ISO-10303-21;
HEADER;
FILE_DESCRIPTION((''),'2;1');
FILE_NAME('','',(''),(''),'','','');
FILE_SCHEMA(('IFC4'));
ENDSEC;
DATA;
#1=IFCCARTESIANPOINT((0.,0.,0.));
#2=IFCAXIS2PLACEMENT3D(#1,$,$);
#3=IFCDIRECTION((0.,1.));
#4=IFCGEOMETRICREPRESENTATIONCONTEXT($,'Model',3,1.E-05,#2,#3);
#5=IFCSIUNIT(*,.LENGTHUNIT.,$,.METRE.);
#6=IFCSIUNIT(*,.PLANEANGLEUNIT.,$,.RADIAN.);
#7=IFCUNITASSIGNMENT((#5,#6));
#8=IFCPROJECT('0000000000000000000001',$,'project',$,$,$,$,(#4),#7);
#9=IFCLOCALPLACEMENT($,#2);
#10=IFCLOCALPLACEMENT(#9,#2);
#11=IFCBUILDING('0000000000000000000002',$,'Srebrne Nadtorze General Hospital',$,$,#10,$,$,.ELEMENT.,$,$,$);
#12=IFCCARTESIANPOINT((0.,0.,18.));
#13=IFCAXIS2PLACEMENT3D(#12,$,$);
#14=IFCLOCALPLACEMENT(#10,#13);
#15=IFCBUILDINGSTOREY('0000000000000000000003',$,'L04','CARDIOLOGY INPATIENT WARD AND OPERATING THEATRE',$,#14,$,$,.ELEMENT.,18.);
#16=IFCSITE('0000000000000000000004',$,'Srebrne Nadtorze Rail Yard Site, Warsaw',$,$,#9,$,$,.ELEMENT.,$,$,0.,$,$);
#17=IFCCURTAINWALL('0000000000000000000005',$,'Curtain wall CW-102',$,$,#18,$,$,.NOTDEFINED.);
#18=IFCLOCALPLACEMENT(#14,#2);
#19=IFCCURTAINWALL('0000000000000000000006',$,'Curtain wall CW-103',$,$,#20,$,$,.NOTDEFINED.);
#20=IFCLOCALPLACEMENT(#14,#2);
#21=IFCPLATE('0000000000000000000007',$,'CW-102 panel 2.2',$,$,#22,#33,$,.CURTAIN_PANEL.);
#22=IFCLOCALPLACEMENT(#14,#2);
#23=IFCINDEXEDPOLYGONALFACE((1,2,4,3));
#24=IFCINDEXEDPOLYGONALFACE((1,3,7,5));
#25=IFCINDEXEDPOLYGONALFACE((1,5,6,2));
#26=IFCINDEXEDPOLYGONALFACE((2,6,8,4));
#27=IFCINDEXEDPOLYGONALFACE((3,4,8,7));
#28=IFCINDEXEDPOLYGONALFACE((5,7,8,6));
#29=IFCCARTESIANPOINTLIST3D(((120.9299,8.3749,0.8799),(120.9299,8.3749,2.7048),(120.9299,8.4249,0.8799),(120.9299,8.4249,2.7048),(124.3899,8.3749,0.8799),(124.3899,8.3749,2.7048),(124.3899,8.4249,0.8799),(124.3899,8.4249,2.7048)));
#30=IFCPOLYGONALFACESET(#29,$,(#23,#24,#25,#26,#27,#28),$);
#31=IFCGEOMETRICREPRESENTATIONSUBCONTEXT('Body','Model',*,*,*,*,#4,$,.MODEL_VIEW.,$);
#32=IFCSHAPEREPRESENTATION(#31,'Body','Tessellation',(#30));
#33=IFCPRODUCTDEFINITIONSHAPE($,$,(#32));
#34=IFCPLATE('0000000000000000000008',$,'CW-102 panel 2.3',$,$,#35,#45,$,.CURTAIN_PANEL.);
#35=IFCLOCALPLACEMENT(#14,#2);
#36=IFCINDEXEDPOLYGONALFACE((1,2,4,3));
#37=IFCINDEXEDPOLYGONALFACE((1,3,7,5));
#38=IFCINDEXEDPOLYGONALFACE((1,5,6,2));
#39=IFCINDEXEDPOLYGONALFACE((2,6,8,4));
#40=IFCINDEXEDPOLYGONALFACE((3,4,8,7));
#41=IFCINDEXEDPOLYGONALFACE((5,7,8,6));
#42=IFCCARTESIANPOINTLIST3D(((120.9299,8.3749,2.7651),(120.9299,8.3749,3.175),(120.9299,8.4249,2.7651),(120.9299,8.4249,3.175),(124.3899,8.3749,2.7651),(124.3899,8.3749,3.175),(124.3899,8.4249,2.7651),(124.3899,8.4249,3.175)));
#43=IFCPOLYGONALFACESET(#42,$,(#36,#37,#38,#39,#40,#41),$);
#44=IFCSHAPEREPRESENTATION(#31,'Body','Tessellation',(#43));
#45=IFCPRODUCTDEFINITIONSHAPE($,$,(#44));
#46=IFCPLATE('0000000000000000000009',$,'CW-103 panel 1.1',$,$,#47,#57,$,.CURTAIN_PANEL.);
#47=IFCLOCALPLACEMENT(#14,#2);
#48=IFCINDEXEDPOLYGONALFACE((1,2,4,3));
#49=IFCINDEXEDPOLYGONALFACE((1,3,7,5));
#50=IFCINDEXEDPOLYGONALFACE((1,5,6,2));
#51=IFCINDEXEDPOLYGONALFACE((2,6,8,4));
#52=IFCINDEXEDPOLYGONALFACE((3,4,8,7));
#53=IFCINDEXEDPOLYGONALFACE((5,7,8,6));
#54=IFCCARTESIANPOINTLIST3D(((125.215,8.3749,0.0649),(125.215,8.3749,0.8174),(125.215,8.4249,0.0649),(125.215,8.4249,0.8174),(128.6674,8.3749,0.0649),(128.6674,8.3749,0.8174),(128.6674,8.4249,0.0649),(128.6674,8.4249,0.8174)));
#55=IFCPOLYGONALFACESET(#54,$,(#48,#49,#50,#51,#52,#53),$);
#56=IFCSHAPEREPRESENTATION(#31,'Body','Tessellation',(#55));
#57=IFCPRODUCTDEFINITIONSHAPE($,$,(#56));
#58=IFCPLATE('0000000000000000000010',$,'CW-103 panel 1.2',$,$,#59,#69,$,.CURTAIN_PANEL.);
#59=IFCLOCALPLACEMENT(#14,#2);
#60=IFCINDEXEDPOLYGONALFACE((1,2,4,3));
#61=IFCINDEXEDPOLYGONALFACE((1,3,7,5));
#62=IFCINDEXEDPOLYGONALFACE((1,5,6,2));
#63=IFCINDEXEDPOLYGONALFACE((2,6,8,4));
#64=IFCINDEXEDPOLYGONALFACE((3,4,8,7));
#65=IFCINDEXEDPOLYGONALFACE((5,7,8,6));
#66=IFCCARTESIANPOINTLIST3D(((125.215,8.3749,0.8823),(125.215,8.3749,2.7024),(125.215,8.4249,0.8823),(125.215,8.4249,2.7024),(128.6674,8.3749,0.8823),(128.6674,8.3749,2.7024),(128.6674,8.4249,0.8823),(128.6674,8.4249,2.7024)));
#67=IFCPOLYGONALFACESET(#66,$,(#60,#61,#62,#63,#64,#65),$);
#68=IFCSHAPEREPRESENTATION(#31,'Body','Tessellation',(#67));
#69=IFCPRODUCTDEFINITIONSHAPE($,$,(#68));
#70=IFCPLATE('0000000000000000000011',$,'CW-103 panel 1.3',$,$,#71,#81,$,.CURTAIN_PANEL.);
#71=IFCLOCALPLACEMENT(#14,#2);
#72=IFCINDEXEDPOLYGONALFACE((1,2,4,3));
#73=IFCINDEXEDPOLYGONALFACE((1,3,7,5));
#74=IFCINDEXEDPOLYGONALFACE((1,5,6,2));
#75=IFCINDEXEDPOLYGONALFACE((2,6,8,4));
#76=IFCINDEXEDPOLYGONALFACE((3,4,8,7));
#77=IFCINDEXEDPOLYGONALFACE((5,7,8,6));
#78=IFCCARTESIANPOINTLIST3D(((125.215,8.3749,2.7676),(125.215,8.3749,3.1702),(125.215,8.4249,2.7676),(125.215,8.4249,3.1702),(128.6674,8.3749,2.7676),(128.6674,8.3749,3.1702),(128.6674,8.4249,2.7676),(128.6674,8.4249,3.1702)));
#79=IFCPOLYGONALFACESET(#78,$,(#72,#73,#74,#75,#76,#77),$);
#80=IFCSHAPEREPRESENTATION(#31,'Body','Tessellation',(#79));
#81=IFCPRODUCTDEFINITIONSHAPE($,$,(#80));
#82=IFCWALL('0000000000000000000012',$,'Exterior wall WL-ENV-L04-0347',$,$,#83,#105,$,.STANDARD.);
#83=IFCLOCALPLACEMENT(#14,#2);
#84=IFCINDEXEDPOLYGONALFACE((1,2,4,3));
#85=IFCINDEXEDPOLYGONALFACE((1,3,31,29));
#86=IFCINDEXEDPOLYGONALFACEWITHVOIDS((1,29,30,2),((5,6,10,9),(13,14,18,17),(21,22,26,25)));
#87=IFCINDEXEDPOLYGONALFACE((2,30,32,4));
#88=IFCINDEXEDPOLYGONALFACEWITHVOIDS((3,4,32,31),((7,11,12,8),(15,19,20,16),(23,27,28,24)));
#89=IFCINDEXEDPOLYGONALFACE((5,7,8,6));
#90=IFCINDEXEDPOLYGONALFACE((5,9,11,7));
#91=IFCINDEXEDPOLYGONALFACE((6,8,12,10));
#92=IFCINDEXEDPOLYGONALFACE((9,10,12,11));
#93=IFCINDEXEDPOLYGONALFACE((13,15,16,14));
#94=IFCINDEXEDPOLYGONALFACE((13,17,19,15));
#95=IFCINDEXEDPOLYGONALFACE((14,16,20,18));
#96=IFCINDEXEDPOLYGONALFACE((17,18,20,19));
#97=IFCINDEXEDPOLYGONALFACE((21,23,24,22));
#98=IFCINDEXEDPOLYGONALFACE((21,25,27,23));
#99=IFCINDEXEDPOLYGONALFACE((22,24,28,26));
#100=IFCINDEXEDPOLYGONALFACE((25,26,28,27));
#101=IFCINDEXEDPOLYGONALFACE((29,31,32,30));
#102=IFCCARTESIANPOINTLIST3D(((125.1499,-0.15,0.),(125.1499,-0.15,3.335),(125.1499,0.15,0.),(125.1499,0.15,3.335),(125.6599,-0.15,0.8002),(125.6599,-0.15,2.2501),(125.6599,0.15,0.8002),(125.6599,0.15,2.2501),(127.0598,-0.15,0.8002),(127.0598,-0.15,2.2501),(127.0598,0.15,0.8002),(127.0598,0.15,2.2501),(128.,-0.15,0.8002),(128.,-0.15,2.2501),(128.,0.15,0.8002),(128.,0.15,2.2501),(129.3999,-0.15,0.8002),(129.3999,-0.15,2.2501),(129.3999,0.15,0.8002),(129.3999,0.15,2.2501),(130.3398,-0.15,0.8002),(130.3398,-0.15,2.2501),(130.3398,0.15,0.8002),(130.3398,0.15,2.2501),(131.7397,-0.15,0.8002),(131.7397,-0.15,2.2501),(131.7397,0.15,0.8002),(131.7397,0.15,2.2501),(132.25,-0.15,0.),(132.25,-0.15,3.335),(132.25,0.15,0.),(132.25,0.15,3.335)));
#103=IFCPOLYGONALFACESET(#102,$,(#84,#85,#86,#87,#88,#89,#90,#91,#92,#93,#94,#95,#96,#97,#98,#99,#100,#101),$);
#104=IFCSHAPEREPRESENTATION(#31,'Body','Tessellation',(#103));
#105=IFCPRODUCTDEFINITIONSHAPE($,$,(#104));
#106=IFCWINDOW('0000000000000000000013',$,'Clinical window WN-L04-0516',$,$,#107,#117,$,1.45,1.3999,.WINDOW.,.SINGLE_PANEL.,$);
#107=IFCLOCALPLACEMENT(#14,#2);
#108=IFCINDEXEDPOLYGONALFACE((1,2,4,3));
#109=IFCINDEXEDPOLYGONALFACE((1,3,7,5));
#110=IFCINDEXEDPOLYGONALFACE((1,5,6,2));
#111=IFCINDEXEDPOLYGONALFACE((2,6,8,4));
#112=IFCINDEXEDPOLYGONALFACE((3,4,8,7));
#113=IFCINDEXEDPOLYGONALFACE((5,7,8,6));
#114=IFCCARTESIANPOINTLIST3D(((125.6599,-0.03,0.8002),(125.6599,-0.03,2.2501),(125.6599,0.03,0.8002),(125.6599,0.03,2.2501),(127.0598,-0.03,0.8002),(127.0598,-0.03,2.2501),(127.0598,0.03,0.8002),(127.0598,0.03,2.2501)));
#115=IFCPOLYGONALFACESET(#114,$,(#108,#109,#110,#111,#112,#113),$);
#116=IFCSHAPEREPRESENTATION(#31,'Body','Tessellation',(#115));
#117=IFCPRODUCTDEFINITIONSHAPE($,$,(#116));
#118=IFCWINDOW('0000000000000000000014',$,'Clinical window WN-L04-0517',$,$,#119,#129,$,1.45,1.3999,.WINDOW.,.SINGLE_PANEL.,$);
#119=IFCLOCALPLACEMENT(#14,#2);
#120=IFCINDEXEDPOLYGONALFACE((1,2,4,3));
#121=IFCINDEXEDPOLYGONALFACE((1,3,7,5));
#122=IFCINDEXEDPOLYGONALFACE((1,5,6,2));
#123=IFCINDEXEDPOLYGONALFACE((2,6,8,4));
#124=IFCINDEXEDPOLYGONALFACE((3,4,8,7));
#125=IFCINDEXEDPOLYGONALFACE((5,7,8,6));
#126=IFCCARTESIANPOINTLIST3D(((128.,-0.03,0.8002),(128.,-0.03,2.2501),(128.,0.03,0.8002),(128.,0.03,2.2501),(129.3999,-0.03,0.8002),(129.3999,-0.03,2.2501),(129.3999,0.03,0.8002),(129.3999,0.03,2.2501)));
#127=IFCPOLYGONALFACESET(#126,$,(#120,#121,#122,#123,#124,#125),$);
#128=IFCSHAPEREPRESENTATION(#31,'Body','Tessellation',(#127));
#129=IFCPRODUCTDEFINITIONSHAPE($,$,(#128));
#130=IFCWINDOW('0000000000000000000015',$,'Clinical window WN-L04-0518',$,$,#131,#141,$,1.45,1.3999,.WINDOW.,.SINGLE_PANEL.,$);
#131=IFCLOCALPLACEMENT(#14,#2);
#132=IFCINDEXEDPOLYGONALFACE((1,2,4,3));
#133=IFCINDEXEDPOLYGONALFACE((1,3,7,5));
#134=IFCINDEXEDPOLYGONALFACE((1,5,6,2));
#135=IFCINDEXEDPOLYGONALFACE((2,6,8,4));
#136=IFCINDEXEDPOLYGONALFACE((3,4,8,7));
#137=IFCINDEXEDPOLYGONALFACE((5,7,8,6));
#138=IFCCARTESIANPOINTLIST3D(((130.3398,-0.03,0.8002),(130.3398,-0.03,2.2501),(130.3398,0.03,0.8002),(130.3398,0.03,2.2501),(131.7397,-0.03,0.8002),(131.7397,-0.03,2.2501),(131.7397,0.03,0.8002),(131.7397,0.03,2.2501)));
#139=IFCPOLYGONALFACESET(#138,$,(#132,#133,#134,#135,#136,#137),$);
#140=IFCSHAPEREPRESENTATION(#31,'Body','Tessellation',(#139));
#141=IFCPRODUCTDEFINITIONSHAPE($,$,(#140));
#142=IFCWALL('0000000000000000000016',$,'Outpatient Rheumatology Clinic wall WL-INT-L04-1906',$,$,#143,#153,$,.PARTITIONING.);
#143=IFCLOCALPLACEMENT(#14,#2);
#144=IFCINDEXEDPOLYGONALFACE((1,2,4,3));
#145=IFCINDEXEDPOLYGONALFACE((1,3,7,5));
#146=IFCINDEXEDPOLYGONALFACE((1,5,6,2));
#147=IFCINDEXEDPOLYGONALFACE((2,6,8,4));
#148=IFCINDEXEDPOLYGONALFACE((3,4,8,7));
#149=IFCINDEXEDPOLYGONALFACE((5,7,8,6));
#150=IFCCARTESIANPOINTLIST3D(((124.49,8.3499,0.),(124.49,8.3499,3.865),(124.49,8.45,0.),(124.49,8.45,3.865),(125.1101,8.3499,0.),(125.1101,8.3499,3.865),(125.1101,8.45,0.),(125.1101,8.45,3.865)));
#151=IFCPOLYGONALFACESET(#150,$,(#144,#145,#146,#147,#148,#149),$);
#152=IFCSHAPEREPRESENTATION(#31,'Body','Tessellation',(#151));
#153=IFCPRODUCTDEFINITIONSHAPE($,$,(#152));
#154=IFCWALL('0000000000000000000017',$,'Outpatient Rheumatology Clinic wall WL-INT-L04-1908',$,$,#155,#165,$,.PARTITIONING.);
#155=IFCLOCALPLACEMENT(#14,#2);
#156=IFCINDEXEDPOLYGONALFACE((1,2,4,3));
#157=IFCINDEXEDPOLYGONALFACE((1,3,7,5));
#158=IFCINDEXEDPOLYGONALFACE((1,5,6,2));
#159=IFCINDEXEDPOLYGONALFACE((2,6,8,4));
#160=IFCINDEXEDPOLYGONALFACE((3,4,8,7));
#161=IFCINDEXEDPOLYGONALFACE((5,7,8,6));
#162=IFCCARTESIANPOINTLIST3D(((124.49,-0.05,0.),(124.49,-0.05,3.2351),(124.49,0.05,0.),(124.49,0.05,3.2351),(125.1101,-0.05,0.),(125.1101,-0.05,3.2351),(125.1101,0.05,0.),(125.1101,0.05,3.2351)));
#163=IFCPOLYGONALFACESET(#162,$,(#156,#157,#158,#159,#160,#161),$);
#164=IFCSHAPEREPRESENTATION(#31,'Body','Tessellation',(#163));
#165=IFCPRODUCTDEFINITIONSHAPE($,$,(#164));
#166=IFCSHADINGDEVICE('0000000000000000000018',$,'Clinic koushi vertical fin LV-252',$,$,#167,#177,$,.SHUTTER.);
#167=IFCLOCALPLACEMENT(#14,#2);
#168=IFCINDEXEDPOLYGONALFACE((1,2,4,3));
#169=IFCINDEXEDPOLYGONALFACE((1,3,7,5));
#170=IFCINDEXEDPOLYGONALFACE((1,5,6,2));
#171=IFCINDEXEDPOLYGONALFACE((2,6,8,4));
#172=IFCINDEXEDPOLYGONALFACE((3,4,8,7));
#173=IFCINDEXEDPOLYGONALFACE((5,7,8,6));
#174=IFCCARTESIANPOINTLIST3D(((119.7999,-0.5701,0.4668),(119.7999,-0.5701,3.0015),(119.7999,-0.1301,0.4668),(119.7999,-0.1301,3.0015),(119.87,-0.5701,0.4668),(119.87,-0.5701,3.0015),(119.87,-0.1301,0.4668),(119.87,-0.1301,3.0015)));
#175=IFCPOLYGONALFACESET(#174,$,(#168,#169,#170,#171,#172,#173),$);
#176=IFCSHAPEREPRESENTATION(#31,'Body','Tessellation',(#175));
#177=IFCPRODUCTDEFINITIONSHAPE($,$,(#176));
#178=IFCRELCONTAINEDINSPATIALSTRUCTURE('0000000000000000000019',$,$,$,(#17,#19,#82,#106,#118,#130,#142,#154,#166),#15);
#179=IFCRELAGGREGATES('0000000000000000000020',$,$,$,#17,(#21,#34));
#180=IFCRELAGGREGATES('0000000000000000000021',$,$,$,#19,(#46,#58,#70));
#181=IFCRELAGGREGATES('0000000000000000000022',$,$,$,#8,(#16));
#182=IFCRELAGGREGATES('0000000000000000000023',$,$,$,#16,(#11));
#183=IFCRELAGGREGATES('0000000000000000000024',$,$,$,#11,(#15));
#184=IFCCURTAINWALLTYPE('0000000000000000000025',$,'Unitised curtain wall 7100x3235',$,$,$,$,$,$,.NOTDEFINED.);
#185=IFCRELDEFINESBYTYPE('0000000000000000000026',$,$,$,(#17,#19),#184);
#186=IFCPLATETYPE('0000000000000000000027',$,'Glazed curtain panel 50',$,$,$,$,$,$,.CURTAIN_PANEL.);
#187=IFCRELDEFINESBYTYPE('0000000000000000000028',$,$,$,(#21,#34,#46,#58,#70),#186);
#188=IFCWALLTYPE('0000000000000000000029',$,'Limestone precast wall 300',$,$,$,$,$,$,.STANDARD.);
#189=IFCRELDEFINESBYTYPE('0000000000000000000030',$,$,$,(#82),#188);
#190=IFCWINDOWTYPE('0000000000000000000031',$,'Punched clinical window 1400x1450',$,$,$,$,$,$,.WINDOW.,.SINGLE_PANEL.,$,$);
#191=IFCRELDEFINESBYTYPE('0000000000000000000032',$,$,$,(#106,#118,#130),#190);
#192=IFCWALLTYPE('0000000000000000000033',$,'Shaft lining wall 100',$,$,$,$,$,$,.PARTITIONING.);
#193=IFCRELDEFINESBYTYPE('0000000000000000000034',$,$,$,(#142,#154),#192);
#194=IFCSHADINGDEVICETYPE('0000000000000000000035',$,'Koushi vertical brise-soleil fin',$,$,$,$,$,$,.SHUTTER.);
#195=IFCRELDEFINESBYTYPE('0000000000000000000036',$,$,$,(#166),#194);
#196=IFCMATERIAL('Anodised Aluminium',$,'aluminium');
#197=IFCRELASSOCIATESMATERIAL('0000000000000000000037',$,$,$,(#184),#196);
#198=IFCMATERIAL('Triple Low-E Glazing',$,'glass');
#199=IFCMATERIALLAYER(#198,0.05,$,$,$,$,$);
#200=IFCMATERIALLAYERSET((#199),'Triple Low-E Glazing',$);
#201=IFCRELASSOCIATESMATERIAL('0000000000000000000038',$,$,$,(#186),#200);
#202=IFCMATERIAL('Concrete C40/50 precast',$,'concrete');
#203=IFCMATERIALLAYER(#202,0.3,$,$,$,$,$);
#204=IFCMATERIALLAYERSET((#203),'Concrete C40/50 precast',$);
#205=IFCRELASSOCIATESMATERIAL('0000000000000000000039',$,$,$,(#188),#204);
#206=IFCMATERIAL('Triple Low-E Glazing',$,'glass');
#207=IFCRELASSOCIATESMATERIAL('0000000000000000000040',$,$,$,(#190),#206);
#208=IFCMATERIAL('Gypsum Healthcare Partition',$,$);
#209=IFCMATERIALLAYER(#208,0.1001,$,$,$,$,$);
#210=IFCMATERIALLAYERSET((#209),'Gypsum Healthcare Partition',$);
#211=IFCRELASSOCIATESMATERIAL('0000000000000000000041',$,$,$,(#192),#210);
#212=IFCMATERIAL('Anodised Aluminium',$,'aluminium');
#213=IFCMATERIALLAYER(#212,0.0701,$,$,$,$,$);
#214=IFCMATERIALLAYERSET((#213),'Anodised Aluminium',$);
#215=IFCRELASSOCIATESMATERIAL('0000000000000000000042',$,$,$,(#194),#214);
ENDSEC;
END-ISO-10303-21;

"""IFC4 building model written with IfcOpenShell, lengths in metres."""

from ifc_helpers import new_model, si_unit, direction, frame, frame_2d, origin, origin_2d, place, context, subcontext, project, spatial, rectangle, extrude, material, layer, layer_set, type_object, element, fill, aggregate, save


model = new_model("IFC4")

# Units and contexts
model_context = context("Model", 3, precision=1e-05, world=origin(), true_north=direction((0.0, 1.0)))
body_context = subcontext(model_context, "Body", "Model", "MODEL_VIEW")
ifc_project = project(units=[si_unit("LENGTHUNIT", "METRE"), si_unit("PLANEANGLEUNIT", "RADIAN")], contexts=[model_context])

# Site, building, storey
site_placement = place(None, origin())
site = spatial("IfcSite", under=ifc_project, at=site_placement, Name="Srebrne Nadtorze Rail Yard Site, Warsaw", CompositionType="ELEMENT", RefElevation=0.0)
building_placement = place(site_placement, origin())
building = spatial("IfcBuilding", under=site, at=building_placement, Name="Srebrne Nadtorze General Hospital", CompositionType="ELEMENT")
storey_placement = place(building_placement, frame((0.0, 0.0, 18.0)))
storey = spatial("IfcBuildingStorey", under=building, at=storey_placement, Name="L04", Description="CARDIOLOGY INPATIENT WARD AND OPERATING THEATRE", CompositionType="ELEMENT", Elevation=18.0)

# Curtain wall
ifc_material_1 = material(Name="Anodised Aluminium", Category="aluminium")
curtain_wall_type = type_object("IfcCurtainWallType", Name="Unitised curtain wall 7100x3235", PredefinedType="NOTDEFINED", material=ifc_material_1)
curtain_wall_1_placement = place(storey_placement, origin())
curtain_wall_1 = element("IfcCurtainWall", 1, at=curtain_wall_1_placement, inside=storey, type_object=curtain_wall_type, Name="Curtain wall CW-102", PredefinedType="NOTDEFINED")

# Curtain wall
curtain_wall_2_placement = place(storey_placement, origin())
curtain_wall_2 = element("IfcCurtainWall", 2, at=curtain_wall_2_placement, inside=storey, type_object=curtain_wall_type, Name="Curtain wall CW-103", PredefinedType="NOTDEFINED")

# Plates
ifc_material_2 = material(Name="Triple Low-E Glazing", Category="glass")
ifc_layer_1 = layer(ifc_material_2, 0.05)
ifc_layer_set_1 = layer_set([ifc_layer_1], Name="Triple Low-E Glazing")
plate_type = type_object("IfcPlateType", Name="Glazed curtain panel 50", PredefinedType="CURTAIN_PANEL", material=ifc_layer_set_1)
plate_1_placement = place(storey_placement, frame((122.6599, 8.3999, 0.8799), z_axis=(0.0, 0.0, 1.0), x_axis=(1.0, 0.0, 0.0)))
plate_1 = element("IfcPlate", 3, at=plate_1_placement, type_object=plate_type, Name="CW-102 panel 2.2", PredefinedType="CURTAIN_PANEL", context=body_context, shape_type="SweptSolid", body=[
    extrude(rectangle(XDim=3.46, YDim=0.05, at=origin_2d()), origin(), (0.0, 0.0, 1.0), 1.825),
])
plate_2_placement = place(storey_placement, frame((122.6599, 8.3999, 2.7651), z_axis=(0.0, 0.0, 1.0), x_axis=(1.0, 0.0, 0.0)))
plate_2 = element("IfcPlate", 4, at=plate_2_placement, type_object=plate_type, Name="CW-102 panel 2.3", PredefinedType="CURTAIN_PANEL", context=body_context, shape_type="SweptSolid", body=[
    extrude(rectangle(XDim=3.46, YDim=0.05, at=origin_2d()), origin(), (0.0, 0.0, 1.0), 0.4099),
])
aggregate(curtain_wall_1, [plate_1, plate_2])
plate_3_placement = place(storey_placement, frame((126.9412, 8.3999, 0.0649), z_axis=(0.0, 0.0, 1.0), x_axis=(1.0, 0.0, 0.0)))
plate_3 = element("IfcPlate", 5, at=plate_3_placement, type_object=plate_type, Name="CW-103 panel 1.1", PredefinedType="CURTAIN_PANEL", context=body_context, shape_type="SweptSolid", body=[
    extrude(rectangle(XDim=3.4524, YDim=0.05, at=origin_2d()), origin(), (0.0, 0.0, 1.0), 0.7524),
])
plate_4_placement = place(storey_placement, frame((126.9412, 8.3999, 0.8823), z_axis=(0.0, 0.0, 1.0), x_axis=(1.0, 0.0, 0.0)))
plate_4 = element("IfcPlate", 6, at=plate_4_placement, type_object=plate_type, Name="CW-103 panel 1.2", PredefinedType="CURTAIN_PANEL", context=body_context, shape_type="SweptSolid", body=[
    extrude(rectangle(XDim=3.4524, YDim=0.05, at=origin_2d()), origin(), (0.0, 0.0, 1.0), 1.8201),
])
plate_5_placement = place(storey_placement, frame((126.9412, 8.3999, 2.7676), z_axis=(0.0, 0.0, 1.0), x_axis=(1.0, 0.0, 0.0)))
plate_5 = element("IfcPlate", 7, at=plate_5_placement, type_object=plate_type, Name="CW-103 panel 1.3", PredefinedType="CURTAIN_PANEL", context=body_context, shape_type="SweptSolid", body=[
    extrude(rectangle(XDim=3.4524, YDim=0.05, at=origin_2d()), origin(), (0.0, 0.0, 1.0), 0.4026),
])
aggregate(curtain_wall_2, [plate_3, plate_4, plate_5])

# Wall, openings, windows
ifc_material_3 = material(Name="Concrete C40/50 precast", Category="concrete")
ifc_layer_2 = layer(ifc_material_3, 0.3)
ifc_layer_set_2 = layer_set([ifc_layer_2], Name="Concrete C40/50 precast")
wall_type_1 = type_object("IfcWallType", Name="Limestone precast wall 300", PredefinedType="STANDARD", material=ifc_layer_set_2)
wall_1_placement = place(storey_placement, frame((125.1499, 0.0, 0.0), z_axis=(0.0, 0.0, 1.0), x_axis=(1.0, 0.0, 0.0)))
wall_1 = element("IfcWall", 8, at=wall_1_placement, inside=storey, type_object=wall_type_1, Name="Exterior wall WL-ENV-L04-0347", PredefinedType="STANDARD", context=body_context, shape_type="SweptSolid", body=[
    extrude(rectangle(XDim=7.1001, YDim=0.3, at=frame_2d((3.55, 0.0))), origin(), (0.0, 0.0, 1.0), 3.335),
])
opening_1_placement = place(wall_1_placement, frame((0.51, 0.0, 0.8)))
opening_1 = element("IfcOpeningElement", 9, at=opening_1_placement, cuts=wall_1, PredefinedType="OPENING", context=body_context, shape_type="SweptSolid", body=[
    extrude(rectangle(XDim=1.3999, YDim=1.45, at=frame_2d((0.7, 0.7251))), frame((0.0, 0.1621, 0.0), z_axis=(0.0, -1.0, 0.0), x_axis=(1.0, 0.0, 0.0)), (0.0, 0.0, 1.0), 0.324),
])
opening_2_placement = place(wall_1_placement, frame((2.8501, 0.0, 0.8)))
opening_2 = element("IfcOpeningElement", 10, at=opening_2_placement, cuts=wall_1, PredefinedType="OPENING", context=body_context, shape_type="SweptSolid", body=[
    extrude(rectangle(XDim=1.3999, YDim=1.45, at=frame_2d((0.7, 0.7251))), frame((0.0, 0.1621, 0.0), z_axis=(0.0, -1.0, 0.0), x_axis=(1.0, 0.0, 0.0)), (0.0, 0.0, 1.0), 0.324),
])
opening_3_placement = place(wall_1_placement, frame((5.1899, 0.0, 0.8)))
opening_3 = element("IfcOpeningElement", 11, at=opening_3_placement, cuts=wall_1, PredefinedType="OPENING", context=body_context, shape_type="SweptSolid", body=[
    extrude(rectangle(XDim=1.3999, YDim=1.45, at=frame_2d((0.7, 0.7251))), frame((0.0, 0.1621, 0.0), z_axis=(0.0, -1.0, 0.0), x_axis=(1.0, 0.0, 0.0)), (0.0, 0.0, 1.0), 0.324),
])
ifc_material_4 = material(Name="Triple Low-E Glazing", Category="glass")
window_type = type_object("IfcWindowType", Name="Punched clinical window 1400x1450", PartitioningType="SINGLE_PANEL", PredefinedType="WINDOW", material=ifc_material_4)
window_1_placement = place(opening_1_placement, origin())
window_1 = element("IfcWindow", 12, at=window_1_placement, inside=storey, type_object=window_type, Name="Clinical window WN-L04-0516", OverallHeight=1.45, OverallWidth=1.3999, PartitioningType="SINGLE_PANEL", PredefinedType="WINDOW", context=body_context, shape_type="SweptSolid", body=[
    extrude(rectangle(XDim=1.3999, YDim=1.45, at=frame_2d((0.7, 0.7251))), frame((0.0, 0.03, 0.0), z_axis=(0.0, -1.0, 0.0), x_axis=(1.0, 0.0, 0.0)), (0.0, 0.0, 1.0), 0.0601),
])
fill(opening_1, window_1)
window_2_placement = place(opening_2_placement, origin())
window_2 = element("IfcWindow", 13, at=window_2_placement, inside=storey, type_object=window_type, Name="Clinical window WN-L04-0517", OverallHeight=1.45, OverallWidth=1.3999, PartitioningType="SINGLE_PANEL", PredefinedType="WINDOW", context=body_context, shape_type="SweptSolid", body=[
    extrude(rectangle(XDim=1.3999, YDim=1.45, at=frame_2d((0.7, 0.7251))), frame((0.0, 0.03, 0.0), z_axis=(0.0, -1.0, 0.0), x_axis=(1.0, 0.0, 0.0)), (0.0, 0.0, 1.0), 0.0601),
])
fill(opening_2, window_2)
window_3_placement = place(opening_3_placement, origin())
window_3 = element("IfcWindow", 14, at=window_3_placement, inside=storey, type_object=window_type, Name="Clinical window WN-L04-0518", OverallHeight=1.45, OverallWidth=1.3999, PartitioningType="SINGLE_PANEL", PredefinedType="WINDOW", context=body_context, shape_type="SweptSolid", body=[
    extrude(rectangle(XDim=1.3999, YDim=1.45, at=frame_2d((0.7, 0.7251))), frame((0.0, 0.03, 0.0), z_axis=(0.0, -1.0, 0.0), x_axis=(1.0, 0.0, 0.0)), (0.0, 0.0, 1.0), 0.0601),
])
fill(opening_3, window_3)

# Walls
ifc_material_5 = material(Name="Gypsum Healthcare Partition")
ifc_layer_3 = layer(ifc_material_5, 0.1001)
ifc_layer_set_3 = layer_set([ifc_layer_3], Name="Gypsum Healthcare Partition")
wall_type_2 = type_object("IfcWallType", Name="Shaft lining wall 100", PredefinedType="PARTITIONING", material=ifc_layer_set_3)
wall_2_placement = place(storey_placement, frame((124.49, 8.3999, 0.0), z_axis=(0.0, 0.0, 1.0), x_axis=(1.0, 0.0, 0.0)))
element("IfcWall", 15, at=wall_2_placement, inside=storey, type_object=wall_type_2, Name="Outpatient Rheumatology Clinic wall WL-INT-L04-1906", PredefinedType="PARTITIONING", context=body_context, shape_type="SweptSolid", body=[
    extrude(rectangle(XDim=0.6201, YDim=0.1001, at=frame_2d((0.3101, 0.0))), origin(), (0.0, 0.0, 1.0), 3.865),
])
wall_3_placement = place(storey_placement, frame((124.49, 0.0, 0.0), z_axis=(0.0, 0.0, 1.0), x_axis=(1.0, 0.0, 0.0)))
element("IfcWall", 16, at=wall_3_placement, inside=storey, type_object=wall_type_2, Name="Outpatient Rheumatology Clinic wall WL-INT-L04-1908", PredefinedType="PARTITIONING", context=body_context, shape_type="SweptSolid", body=[
    extrude(rectangle(XDim=0.6201, YDim=0.1001, at=frame_2d((0.3101, 0.0))), origin(), (0.0, 0.0, 1.0), 3.2351),
])

# Shading device
ifc_material_6 = material(Name="Anodised Aluminium", Category="aluminium")
ifc_layer_4 = layer(ifc_material_6, 0.0701)
ifc_layer_set_4 = layer_set([ifc_layer_4], Name="Anodised Aluminium")
shading_device_type = type_object("IfcShadingDeviceType", Name="Koushi vertical brise-soleil fin", PredefinedType="SHUTTER", material=ifc_layer_set_4)
for number, where, z_axis, x_axis, name in (
    (17, (119.835, -0.3501, 0.4668), (0.0, 0.0, 1.0), (1.0, 0.0, 0.0), "Clinic koushi vertical fin LV-252"),
):
    element("IfcShadingDevice", number, at=place(storey_placement, frame(where, z_axis=z_axis, x_axis=x_axis)), inside=storey, type_object=shading_device_type, Name=name, PredefinedType="SHUTTER", context=body_context, shape_type="SweptSolid", body=[
        extrude(rectangle(XDim=0.0701, YDim=0.4399, at=origin_2d()), origin(), (0.0, 0.0, 1.0), 2.5347),
    ])

save(model, "model.ifc")
